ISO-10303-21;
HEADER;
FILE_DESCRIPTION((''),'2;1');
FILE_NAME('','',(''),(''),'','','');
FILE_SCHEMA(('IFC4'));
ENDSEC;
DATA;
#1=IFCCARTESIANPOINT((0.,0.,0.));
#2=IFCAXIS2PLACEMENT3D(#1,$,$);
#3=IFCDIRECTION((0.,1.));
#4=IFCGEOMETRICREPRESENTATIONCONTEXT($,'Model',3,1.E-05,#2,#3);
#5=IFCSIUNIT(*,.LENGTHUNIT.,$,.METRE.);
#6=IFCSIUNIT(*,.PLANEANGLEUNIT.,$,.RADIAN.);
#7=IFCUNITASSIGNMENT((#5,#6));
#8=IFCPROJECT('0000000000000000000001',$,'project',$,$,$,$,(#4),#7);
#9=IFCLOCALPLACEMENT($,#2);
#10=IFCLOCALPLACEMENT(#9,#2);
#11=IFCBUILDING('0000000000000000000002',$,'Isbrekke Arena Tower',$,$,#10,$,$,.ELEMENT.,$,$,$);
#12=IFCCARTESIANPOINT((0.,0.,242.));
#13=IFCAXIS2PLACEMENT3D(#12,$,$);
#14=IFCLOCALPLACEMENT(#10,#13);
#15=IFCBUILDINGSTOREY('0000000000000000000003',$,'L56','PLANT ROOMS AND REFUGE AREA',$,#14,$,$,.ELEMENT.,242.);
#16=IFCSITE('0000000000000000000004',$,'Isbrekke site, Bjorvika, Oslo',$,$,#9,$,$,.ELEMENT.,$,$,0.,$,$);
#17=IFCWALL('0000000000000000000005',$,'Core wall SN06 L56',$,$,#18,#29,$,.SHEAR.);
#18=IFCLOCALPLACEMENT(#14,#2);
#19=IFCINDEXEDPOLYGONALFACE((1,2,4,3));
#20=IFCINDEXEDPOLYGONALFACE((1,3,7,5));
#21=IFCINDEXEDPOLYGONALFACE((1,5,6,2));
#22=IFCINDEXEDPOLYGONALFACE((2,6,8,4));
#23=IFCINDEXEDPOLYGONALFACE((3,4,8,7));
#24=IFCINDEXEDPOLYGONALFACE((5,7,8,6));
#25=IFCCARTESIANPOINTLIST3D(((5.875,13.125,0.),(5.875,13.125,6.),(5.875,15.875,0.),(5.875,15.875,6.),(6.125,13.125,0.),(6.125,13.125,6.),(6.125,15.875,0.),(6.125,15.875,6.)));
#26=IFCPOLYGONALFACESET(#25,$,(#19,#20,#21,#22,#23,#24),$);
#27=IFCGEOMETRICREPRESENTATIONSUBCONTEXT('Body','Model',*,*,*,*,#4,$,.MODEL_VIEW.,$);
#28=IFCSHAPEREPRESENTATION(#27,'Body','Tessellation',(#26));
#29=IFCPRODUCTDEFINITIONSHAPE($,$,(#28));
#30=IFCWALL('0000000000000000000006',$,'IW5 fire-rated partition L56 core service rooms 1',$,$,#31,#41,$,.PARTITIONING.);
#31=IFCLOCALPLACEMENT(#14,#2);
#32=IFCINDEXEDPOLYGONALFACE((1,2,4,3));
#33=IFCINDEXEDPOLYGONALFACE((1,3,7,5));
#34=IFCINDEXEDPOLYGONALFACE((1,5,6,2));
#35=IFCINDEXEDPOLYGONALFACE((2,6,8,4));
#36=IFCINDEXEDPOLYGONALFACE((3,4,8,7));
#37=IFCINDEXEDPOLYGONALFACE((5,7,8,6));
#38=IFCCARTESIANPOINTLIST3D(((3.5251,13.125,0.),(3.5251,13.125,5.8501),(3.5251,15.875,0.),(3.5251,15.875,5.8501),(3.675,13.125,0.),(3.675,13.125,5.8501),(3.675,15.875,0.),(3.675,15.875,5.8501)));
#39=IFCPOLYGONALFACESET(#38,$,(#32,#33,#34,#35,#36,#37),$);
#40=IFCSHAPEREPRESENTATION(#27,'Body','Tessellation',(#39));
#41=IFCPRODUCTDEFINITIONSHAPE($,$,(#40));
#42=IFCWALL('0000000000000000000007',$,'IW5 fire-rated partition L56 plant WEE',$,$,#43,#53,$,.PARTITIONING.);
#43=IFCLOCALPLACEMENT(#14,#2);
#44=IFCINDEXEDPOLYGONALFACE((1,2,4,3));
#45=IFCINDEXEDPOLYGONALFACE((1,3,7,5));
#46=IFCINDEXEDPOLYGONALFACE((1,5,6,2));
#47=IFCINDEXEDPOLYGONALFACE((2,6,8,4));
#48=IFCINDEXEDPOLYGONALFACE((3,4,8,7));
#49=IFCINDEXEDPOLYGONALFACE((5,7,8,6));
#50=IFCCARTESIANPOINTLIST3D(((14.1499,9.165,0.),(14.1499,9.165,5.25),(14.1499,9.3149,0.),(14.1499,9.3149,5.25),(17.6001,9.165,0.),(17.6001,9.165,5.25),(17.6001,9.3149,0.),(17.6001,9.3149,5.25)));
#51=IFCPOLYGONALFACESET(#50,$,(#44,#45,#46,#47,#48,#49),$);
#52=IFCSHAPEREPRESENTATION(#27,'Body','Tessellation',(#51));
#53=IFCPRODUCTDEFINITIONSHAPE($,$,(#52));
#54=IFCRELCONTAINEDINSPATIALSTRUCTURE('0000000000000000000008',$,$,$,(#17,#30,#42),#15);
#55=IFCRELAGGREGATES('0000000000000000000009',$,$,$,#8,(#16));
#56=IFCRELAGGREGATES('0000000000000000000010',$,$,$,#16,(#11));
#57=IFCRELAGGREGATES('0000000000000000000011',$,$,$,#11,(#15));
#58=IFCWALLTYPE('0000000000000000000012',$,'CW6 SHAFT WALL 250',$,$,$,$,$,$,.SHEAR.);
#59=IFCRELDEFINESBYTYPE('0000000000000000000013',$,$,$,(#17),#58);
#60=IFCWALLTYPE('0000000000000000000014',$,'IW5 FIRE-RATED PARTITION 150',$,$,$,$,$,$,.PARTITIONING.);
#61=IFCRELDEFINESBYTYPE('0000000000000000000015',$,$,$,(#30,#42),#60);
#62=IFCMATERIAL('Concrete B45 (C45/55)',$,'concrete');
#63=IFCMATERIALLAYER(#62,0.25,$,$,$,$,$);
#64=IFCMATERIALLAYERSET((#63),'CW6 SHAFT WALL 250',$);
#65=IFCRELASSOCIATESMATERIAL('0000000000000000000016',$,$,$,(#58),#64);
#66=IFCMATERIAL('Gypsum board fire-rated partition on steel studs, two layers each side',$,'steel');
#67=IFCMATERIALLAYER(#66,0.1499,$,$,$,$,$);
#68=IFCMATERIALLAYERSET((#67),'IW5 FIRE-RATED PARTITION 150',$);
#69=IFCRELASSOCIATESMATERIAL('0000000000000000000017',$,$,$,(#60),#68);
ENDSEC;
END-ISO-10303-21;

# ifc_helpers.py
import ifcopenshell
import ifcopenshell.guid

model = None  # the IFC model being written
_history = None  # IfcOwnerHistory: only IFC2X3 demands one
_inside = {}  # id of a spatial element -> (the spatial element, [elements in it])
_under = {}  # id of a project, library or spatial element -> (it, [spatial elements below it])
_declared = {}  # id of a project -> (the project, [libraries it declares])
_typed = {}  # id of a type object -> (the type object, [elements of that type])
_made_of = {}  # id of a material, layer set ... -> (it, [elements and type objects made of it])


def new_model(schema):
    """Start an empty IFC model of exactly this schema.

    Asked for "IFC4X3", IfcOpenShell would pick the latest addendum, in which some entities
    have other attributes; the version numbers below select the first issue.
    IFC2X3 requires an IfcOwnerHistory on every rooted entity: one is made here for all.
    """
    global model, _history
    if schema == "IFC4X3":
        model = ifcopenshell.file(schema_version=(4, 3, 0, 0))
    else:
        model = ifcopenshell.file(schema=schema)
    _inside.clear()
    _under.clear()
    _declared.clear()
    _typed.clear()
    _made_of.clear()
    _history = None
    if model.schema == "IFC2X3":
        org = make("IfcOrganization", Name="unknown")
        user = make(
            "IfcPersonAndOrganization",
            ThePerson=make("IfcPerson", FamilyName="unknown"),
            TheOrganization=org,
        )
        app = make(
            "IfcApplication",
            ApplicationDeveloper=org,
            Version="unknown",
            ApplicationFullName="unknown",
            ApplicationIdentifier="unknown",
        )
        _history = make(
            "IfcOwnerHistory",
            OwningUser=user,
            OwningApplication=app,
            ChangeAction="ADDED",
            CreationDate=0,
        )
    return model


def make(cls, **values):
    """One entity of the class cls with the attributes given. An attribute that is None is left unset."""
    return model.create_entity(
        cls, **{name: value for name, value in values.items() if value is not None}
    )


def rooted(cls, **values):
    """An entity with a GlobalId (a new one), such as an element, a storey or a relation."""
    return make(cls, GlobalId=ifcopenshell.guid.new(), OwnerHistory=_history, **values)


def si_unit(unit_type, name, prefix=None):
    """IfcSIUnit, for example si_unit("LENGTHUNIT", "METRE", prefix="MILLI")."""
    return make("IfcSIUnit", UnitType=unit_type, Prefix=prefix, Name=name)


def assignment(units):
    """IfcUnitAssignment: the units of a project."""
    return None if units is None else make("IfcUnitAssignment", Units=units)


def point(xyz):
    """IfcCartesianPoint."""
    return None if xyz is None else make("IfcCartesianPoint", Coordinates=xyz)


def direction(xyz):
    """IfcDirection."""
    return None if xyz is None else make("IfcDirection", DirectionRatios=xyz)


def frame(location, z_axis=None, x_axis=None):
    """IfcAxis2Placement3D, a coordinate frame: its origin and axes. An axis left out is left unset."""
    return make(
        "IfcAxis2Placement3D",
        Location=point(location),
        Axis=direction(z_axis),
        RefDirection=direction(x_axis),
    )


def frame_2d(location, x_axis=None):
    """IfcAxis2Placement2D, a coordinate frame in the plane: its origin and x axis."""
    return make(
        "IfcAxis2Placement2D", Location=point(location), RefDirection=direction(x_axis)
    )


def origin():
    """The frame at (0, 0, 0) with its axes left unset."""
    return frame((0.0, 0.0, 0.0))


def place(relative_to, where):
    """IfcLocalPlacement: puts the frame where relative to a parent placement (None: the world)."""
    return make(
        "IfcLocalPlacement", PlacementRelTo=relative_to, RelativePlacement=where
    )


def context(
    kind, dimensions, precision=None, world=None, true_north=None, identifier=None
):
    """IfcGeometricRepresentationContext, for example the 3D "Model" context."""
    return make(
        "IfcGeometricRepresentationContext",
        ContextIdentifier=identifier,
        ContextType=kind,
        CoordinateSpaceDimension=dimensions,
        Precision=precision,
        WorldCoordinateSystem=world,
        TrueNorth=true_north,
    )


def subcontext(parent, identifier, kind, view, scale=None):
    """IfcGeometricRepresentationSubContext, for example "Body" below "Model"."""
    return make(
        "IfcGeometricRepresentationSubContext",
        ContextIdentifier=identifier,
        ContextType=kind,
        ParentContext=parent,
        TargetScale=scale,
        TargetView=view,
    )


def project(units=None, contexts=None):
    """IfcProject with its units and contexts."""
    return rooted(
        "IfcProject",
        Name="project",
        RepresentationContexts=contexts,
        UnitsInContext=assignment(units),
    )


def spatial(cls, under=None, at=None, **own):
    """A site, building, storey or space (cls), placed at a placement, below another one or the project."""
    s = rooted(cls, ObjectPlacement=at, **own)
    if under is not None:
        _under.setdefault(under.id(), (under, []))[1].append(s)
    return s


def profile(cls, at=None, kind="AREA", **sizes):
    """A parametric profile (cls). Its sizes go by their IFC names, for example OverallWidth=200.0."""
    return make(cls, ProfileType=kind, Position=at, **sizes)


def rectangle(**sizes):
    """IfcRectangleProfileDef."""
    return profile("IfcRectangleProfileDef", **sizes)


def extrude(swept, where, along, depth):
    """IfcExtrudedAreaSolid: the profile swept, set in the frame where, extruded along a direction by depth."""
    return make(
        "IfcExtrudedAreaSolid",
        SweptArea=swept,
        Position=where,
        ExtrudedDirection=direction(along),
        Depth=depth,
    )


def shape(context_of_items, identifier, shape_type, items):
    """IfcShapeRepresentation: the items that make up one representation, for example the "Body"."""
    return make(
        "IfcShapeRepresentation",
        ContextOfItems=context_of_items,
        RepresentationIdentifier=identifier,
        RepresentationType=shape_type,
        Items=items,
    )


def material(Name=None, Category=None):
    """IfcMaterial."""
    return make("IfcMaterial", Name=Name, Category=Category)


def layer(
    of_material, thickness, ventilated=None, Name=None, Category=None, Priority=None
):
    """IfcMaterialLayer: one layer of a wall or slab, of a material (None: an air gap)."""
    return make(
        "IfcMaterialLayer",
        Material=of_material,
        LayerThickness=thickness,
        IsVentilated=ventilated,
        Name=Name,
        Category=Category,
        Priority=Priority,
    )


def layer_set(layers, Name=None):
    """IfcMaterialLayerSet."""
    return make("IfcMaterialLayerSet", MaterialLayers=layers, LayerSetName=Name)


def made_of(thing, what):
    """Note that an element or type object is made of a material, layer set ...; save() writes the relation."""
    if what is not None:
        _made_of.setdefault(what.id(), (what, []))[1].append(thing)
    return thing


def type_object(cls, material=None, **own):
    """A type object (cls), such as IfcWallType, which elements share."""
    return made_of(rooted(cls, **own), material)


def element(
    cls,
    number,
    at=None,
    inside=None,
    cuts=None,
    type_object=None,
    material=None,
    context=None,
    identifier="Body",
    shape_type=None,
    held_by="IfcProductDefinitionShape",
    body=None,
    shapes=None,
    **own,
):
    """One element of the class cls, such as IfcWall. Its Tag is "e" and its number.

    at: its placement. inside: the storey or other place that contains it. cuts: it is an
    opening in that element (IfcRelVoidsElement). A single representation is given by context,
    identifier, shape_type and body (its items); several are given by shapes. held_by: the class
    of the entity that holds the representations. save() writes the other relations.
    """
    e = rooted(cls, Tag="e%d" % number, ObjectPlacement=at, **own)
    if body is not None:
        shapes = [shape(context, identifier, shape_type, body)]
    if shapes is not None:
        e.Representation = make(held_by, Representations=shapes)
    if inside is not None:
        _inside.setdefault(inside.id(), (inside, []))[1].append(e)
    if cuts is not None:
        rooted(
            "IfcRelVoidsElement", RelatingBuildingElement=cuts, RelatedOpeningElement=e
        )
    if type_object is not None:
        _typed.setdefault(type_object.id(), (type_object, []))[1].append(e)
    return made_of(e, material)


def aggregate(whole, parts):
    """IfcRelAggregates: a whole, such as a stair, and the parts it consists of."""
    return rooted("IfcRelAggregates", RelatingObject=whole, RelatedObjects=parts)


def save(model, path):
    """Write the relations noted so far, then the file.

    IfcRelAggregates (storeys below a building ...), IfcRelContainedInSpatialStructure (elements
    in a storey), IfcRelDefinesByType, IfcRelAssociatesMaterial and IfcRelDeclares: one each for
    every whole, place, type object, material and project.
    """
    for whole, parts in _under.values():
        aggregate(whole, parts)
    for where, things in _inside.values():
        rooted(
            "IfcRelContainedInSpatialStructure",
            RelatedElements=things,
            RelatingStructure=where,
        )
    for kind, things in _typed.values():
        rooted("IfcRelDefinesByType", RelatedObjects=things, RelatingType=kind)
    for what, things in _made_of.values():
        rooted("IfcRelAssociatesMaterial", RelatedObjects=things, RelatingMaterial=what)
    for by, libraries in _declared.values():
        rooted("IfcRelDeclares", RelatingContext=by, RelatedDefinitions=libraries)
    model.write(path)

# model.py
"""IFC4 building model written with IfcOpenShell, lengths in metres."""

from ifc_helpers import new_model, si_unit, direction, frame, frame_2d, origin, place, context, subcontext, project, spatial, rectangle, extrude, material, layer, layer_set, type_object, element, save


model = new_model("IFC4")

# Units and contexts
model_context = context("Model", 3, precision=1e-05, world=origin(), true_north=direction((0.0, 1.0)))
body_context = subcontext(model_context, "Body", "Model", "MODEL_VIEW")
ifc_project = project(units=[si_unit("LENGTHUNIT", "METRE"), si_unit("PLANEANGLEUNIT", "RADIAN")], contexts=[model_context])

# Site, building, storey
site_placement = place(None, origin())
site = spatial("IfcSite", under=ifc_project, at=site_placement, Name="Isbrekke site, Bjorvika, Oslo", CompositionType="ELEMENT", RefElevation=0.0)
building_placement = place(site_placement, origin())
building = spatial("IfcBuilding", under=site, at=building_placement, Name="Isbrekke Arena Tower", CompositionType="ELEMENT")
storey_placement = place(building_placement, frame((0.0, 0.0, 242.0)))
storey = spatial("IfcBuildingStorey", under=building, at=storey_placement, Name="L56", Description="PLANT ROOMS AND REFUGE AREA", CompositionType="ELEMENT", Elevation=242.0)

# Walls
ifc_material_1 = material(Name="Concrete B45 (C45/55)", Category="concrete")
ifc_layer_1 = layer(ifc_material_1, 0.25)
ifc_layer_set_1 = layer_set([ifc_layer_1], Name="CW6 SHAFT WALL 250")
wall_type_1 = type_object("IfcWallType", Name="CW6 SHAFT WALL 250", PredefinedType="SHEAR", material=ifc_layer_set_1)
for number, where, z_axis, x_axis, name in (
    (1, (6.0, 13.125, 0.0), (0.0, 0.0, 1.0), (0.0, 1.0, 0.0), "Core wall SN06 L56"),
):
    element("IfcWall", number, at=place(storey_placement, frame(where, z_axis=z_axis, x_axis=x_axis)), inside=storey, type_object=wall_type_1, Name=name, PredefinedType="SHEAR", context=body_context, shape_type="SweptSolid", body=[
        extrude(rectangle(XDim=2.75, YDim=0.25, at=frame_2d((1.375, 0.0))), origin(), (0.0, 0.0, 1.0), 6.0),
    ])
ifc_material_2 = material(Name="Gypsum board fire-rated partition on steel studs, two layers each side", Category="steel")
ifc_layer_2 = layer(ifc_material_2, 0.1499)
ifc_layer_set_2 = layer_set([ifc_layer_2], Name="IW5 FIRE-RATED PARTITION 150")
wall_type_2 = type_object("IfcWallType", Name="IW5 FIRE-RATED PARTITION 150", PredefinedType="PARTITIONING", material=ifc_layer_set_2)
wall_1_placement = place(storey_placement, frame((3.6001, 13.125, 0.0), z_axis=(0.0, 0.0, 1.0), x_axis=(0.0, 1.0, 0.0)))
element("IfcWall", 2, at=wall_1_placement, inside=storey, type_object=wall_type_2, Name="IW5 fire-rated partition L56 core service rooms 1", PredefinedType="PARTITIONING", context=body_context, shape_type="SweptSolid", body=[
    extrude(rectangle(XDim=2.75, YDim=0.1499, at=frame_2d((1.375, 0.0))), origin(), (0.0, 0.0, 1.0), 5.8501),
])
wall_2_placement = place(storey_placement, frame((14.1499, 9.24, 0.0), z_axis=(0.0, 0.0, 1.0), x_axis=(1.0, 0.0, 0.0)))
element("IfcWall", 3, at=wall_2_placement, inside=storey, type_object=wall_type_2, Name="IW5 fire-rated partition L56 plant WEE", PredefinedType="PARTITIONING", context=body_context, shape_type="SweptSolid", body=[
    extrude(rectangle(XDim=3.4502, YDim=0.1499, at=frame_2d((1.7251, 0.0))), origin(), (0.0, 0.0, 1.0), 5.25),
])

save(model, "model.ifc")
